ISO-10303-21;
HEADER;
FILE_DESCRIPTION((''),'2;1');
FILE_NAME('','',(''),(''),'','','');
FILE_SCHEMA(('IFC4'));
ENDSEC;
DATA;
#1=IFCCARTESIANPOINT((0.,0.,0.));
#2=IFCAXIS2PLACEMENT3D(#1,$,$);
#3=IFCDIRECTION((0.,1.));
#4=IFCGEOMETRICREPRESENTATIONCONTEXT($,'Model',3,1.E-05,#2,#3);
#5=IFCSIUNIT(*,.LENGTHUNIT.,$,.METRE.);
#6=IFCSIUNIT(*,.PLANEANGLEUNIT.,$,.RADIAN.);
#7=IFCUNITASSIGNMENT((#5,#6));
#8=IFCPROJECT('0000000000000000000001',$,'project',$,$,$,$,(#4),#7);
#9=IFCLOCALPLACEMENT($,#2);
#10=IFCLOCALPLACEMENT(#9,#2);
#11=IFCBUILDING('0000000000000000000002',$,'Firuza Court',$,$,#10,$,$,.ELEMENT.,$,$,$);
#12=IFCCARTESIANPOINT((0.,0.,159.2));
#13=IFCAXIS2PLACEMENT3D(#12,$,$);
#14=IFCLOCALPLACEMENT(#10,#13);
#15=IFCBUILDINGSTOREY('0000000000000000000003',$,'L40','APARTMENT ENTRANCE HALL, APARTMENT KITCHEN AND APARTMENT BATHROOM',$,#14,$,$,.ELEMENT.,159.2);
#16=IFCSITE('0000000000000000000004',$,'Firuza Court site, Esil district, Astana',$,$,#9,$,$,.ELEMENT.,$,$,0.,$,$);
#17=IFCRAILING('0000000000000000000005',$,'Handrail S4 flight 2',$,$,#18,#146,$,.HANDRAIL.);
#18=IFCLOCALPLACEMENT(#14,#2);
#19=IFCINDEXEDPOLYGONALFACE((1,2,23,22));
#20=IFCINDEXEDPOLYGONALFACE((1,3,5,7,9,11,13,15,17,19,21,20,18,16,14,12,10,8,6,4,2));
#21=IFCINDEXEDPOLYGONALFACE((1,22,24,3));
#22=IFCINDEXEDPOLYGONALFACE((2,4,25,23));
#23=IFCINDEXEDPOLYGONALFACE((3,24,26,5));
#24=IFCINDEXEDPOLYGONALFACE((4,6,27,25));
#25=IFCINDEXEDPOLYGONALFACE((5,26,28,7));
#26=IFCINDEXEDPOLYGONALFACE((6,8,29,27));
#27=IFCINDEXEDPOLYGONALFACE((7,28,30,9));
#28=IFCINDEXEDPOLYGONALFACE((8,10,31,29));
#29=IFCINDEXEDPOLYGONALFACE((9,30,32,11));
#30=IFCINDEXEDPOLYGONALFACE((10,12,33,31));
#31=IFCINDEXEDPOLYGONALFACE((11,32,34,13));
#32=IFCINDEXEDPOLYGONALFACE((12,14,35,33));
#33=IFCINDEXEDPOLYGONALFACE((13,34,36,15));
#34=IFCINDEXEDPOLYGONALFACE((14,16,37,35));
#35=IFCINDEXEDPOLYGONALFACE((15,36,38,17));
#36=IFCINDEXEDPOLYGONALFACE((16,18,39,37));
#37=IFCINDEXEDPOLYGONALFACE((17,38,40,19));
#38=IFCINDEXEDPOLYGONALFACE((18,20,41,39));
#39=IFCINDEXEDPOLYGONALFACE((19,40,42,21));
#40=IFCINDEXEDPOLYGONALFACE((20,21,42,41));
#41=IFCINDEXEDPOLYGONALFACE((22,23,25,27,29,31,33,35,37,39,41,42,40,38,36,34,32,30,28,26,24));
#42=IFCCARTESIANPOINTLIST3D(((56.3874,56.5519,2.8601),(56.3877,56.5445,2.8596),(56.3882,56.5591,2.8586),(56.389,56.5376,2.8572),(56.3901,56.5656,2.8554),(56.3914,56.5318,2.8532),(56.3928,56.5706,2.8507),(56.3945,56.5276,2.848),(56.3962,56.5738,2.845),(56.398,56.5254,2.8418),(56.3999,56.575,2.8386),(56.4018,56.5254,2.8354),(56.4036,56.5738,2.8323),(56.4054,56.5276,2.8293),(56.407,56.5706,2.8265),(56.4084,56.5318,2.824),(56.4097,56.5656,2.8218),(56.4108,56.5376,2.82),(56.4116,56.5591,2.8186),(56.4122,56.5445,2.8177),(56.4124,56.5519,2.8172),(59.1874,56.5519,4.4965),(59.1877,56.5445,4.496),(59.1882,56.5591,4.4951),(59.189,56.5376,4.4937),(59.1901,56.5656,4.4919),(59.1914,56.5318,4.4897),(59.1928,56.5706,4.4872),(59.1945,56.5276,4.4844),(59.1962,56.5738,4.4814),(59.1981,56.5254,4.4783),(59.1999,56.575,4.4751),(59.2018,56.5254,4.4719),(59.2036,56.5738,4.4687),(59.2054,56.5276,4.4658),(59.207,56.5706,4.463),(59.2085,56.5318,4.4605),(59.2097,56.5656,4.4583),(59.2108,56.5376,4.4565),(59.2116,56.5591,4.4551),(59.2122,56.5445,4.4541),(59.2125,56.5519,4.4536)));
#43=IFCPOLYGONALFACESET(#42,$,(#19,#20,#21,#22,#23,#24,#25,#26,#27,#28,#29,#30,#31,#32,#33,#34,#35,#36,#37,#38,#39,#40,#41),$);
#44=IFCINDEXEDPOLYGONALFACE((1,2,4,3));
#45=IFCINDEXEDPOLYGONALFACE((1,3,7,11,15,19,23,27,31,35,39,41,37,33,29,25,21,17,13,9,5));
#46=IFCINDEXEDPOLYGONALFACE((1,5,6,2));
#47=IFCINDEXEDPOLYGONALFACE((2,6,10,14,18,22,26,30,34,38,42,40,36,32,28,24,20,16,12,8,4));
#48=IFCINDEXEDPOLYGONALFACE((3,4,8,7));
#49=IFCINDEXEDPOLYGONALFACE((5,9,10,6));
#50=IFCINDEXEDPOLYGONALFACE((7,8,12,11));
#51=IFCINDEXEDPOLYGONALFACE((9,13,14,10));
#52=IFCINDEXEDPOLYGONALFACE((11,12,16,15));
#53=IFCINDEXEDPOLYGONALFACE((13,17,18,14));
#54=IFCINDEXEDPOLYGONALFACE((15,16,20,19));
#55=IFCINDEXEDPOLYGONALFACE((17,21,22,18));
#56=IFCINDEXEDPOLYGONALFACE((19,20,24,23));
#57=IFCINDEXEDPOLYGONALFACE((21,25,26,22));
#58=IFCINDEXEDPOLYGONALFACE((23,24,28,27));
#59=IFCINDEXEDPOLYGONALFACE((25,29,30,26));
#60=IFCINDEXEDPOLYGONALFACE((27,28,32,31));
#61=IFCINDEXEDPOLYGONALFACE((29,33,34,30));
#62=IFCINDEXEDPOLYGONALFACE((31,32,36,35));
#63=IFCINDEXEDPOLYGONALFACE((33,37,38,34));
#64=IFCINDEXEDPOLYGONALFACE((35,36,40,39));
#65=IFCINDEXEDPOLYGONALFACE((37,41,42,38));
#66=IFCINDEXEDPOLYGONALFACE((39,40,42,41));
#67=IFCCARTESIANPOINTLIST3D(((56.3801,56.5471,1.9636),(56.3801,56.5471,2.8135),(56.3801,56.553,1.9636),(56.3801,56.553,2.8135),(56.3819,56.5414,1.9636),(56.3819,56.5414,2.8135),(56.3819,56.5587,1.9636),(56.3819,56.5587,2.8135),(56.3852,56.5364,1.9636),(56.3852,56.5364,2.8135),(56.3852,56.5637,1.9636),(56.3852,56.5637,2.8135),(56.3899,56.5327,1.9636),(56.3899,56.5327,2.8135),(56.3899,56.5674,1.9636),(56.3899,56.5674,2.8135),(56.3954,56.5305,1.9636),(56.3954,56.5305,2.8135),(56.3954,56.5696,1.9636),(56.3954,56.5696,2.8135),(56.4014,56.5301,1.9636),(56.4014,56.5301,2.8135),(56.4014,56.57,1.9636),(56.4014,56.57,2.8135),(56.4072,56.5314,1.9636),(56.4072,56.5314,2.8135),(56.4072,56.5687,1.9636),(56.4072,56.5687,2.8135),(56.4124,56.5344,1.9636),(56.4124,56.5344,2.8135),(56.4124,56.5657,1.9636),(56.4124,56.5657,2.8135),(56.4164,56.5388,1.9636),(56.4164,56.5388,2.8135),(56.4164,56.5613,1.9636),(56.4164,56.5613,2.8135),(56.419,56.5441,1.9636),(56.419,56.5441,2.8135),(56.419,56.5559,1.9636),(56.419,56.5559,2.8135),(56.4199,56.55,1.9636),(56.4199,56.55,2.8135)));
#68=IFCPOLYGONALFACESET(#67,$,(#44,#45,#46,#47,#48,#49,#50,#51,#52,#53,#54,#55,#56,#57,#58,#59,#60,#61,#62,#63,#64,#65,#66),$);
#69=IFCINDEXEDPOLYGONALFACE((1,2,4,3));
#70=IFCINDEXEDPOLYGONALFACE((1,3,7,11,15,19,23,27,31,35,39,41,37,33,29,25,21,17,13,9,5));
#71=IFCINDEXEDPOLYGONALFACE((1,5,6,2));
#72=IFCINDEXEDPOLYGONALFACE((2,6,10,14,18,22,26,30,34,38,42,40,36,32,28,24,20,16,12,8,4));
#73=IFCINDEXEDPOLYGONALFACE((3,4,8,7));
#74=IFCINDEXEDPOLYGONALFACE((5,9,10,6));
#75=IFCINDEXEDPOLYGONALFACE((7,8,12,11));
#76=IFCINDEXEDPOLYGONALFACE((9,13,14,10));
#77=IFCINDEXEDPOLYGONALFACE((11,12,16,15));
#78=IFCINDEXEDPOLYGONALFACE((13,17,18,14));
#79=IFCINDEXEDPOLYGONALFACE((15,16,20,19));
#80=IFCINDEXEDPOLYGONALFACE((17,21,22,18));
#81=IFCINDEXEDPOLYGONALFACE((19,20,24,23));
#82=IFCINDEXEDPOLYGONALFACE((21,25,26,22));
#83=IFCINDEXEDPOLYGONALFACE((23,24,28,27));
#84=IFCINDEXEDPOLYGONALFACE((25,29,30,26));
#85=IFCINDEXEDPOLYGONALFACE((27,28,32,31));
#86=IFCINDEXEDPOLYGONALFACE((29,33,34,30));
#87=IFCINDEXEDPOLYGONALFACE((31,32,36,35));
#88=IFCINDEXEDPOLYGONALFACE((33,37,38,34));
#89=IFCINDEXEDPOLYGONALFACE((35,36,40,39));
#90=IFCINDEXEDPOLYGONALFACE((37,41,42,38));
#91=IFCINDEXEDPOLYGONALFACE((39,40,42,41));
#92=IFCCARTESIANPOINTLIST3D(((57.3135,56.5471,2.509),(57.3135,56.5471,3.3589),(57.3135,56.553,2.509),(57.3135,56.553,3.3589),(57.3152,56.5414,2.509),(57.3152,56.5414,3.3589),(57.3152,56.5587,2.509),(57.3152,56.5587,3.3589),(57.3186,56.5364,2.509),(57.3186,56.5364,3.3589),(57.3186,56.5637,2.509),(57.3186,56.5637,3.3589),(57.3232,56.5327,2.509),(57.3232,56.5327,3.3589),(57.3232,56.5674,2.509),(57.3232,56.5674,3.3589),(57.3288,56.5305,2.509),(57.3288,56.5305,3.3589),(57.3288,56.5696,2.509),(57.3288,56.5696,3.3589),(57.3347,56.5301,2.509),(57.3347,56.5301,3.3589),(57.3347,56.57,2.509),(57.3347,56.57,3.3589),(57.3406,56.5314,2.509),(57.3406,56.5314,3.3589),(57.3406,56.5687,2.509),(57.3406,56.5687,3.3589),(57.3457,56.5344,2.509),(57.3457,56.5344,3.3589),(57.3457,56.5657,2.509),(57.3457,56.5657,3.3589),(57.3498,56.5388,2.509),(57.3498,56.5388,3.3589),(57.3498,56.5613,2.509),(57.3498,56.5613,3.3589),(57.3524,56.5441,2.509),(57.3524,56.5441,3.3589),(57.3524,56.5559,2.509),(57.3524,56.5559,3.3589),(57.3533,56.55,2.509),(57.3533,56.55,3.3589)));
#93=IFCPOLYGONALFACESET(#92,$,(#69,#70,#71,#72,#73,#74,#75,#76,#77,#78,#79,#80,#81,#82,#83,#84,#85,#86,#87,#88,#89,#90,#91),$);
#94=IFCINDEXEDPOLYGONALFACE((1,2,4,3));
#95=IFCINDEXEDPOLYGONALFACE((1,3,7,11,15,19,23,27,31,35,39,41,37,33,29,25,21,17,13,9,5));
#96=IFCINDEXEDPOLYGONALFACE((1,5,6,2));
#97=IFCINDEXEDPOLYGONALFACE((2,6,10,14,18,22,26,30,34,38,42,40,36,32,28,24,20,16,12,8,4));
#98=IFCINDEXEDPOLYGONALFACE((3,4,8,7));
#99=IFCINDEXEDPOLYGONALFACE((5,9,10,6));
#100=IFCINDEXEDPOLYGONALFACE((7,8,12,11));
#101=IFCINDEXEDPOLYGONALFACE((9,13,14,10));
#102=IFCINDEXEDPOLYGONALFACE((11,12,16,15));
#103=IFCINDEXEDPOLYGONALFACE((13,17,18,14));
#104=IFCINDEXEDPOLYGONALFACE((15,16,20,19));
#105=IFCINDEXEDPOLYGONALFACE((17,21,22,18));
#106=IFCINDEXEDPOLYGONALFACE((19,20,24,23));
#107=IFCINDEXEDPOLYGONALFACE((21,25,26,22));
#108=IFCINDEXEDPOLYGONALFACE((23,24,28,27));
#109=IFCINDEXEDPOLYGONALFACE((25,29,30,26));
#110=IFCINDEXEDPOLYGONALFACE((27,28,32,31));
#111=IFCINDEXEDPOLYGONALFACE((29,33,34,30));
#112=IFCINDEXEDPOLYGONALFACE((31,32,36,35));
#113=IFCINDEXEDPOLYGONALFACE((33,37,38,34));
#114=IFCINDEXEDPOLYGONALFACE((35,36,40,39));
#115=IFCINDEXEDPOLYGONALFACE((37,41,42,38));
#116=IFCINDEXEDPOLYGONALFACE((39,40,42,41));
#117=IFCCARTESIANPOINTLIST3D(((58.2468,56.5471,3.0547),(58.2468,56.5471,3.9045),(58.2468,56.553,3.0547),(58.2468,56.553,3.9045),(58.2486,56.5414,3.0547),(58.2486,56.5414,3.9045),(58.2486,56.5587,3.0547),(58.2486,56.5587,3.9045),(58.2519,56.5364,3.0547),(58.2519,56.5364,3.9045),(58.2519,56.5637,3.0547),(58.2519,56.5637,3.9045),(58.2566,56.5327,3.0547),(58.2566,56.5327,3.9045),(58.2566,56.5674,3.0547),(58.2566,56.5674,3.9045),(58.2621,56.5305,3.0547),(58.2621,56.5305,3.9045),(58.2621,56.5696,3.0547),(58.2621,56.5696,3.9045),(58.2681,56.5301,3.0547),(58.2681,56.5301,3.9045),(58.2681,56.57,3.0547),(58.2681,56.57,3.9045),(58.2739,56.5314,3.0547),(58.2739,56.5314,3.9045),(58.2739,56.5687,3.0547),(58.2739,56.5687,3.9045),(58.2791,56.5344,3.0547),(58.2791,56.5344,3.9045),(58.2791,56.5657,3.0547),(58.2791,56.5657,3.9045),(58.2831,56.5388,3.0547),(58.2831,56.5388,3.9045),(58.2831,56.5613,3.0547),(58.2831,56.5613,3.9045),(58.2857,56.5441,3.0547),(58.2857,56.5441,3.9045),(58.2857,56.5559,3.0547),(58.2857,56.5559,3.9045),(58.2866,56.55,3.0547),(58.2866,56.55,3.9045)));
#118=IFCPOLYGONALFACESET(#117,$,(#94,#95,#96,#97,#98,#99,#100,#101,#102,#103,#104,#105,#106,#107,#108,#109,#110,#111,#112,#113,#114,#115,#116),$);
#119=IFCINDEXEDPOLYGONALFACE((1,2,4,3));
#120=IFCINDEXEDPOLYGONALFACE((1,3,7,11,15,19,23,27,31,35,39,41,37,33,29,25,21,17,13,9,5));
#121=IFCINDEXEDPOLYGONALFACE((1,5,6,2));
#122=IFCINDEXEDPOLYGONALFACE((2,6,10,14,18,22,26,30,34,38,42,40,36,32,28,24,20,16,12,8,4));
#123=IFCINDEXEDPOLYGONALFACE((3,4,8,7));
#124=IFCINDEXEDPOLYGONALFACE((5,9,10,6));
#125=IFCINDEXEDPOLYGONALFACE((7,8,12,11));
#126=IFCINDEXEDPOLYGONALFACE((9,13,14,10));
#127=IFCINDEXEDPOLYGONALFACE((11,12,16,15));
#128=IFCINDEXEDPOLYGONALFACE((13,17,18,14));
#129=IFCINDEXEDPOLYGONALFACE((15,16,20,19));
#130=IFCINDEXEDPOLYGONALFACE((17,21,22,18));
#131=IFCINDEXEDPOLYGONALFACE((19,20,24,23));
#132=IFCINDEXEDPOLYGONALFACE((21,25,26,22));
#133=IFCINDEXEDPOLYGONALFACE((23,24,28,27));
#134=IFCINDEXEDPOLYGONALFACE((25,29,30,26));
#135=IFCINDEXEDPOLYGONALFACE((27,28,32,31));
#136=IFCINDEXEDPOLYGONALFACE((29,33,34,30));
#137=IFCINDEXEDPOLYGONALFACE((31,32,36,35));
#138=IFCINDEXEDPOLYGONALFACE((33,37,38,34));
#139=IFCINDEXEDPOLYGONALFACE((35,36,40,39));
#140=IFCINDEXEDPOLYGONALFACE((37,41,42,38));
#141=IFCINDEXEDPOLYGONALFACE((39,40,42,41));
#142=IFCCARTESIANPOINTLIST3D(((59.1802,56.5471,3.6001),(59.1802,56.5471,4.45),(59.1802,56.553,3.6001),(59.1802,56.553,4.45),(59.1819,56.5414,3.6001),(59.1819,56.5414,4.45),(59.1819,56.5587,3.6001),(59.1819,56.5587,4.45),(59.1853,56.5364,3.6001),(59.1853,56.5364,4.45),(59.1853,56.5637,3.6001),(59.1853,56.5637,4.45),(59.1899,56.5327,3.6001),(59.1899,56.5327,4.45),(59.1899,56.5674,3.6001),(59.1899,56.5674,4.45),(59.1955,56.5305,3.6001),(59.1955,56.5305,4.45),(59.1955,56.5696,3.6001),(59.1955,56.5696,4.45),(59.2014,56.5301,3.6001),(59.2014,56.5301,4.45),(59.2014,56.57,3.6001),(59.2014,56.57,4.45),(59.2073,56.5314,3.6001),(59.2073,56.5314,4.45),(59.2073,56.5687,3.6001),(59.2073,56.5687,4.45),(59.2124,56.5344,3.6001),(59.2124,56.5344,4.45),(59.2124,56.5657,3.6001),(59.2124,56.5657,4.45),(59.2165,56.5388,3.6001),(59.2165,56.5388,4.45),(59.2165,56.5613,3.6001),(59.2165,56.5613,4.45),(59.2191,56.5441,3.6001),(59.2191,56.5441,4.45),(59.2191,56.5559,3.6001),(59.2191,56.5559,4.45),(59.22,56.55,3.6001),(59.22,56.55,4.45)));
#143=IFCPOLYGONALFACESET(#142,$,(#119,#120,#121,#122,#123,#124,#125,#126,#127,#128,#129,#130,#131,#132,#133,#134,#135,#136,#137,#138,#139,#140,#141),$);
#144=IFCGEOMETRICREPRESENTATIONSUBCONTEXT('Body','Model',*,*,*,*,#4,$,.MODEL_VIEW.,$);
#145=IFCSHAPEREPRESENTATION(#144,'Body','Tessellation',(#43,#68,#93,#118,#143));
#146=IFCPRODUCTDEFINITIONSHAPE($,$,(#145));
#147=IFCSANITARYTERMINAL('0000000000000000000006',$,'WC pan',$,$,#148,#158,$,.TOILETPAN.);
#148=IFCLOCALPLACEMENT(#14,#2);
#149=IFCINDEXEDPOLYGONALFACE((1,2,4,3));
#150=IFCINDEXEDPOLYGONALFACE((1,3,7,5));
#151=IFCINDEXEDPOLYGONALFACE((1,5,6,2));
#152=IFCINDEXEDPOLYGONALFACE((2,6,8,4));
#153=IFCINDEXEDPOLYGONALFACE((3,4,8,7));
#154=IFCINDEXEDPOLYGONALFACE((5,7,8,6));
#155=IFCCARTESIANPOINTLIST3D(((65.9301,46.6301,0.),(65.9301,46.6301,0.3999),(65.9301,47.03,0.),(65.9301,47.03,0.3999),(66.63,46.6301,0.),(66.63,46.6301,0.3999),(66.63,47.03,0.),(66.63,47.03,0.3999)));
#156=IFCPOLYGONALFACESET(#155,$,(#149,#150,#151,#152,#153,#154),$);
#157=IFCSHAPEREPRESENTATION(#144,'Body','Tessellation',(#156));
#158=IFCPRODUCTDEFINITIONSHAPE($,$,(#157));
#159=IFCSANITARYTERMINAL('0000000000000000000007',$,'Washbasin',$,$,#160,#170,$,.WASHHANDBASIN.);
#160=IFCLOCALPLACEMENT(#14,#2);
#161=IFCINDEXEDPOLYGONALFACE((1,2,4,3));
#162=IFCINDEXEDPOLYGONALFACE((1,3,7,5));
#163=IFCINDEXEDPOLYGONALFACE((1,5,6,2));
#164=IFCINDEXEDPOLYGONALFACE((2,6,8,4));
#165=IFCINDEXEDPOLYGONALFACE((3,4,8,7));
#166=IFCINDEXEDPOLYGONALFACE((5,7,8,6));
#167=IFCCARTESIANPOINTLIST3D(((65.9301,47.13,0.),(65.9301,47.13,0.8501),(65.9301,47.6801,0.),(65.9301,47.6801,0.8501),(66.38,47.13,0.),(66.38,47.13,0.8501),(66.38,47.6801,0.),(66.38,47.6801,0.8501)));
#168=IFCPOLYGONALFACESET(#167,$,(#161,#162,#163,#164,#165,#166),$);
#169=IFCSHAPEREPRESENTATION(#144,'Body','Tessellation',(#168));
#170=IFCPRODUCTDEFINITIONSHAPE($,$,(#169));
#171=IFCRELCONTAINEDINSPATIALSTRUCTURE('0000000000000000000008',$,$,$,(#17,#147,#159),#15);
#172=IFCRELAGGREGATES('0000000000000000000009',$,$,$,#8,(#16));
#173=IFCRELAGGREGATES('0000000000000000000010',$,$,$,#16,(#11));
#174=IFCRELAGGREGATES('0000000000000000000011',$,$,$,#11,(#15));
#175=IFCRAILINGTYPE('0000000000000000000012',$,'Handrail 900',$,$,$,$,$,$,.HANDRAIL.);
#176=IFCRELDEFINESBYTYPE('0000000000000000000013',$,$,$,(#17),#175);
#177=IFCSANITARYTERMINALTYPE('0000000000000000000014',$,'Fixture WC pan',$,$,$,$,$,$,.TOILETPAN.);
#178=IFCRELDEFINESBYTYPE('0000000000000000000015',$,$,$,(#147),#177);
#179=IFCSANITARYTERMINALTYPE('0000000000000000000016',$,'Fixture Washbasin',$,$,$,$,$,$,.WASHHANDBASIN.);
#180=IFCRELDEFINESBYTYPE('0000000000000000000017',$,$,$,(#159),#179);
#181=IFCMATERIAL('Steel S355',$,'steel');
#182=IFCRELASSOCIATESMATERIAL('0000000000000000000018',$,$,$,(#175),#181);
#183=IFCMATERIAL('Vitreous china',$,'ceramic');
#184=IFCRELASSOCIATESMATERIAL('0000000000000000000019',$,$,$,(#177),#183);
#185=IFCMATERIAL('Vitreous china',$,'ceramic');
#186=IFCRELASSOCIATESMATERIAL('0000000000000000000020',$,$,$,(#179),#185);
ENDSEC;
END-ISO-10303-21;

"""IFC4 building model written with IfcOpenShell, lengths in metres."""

from ifc_helpers import new_model, si_unit, direction, frame, origin, origin_2d, place, context, subcontext, project, spatial, rectangle, circle, extrude, material, type_object, element, save


model = new_model("IFC4")

# Units and contexts
model_context = context("Model", 3, precision=1e-05, world=origin(), true_north=direction((0.0, 1.0)))
body_context = subcontext(model_context, "Body", "Model", "MODEL_VIEW")
ifc_project = project(units=[si_unit("LENGTHUNIT", "METRE"), si_unit("PLANEANGLEUNIT", "RADIAN")], contexts=[model_context])

# Site, building, storey
site_placement = place(None, origin())
site = spatial("IfcSite", under=ifc_project, at=site_placement, Name="Firuza Court site, Esil district, Astana", CompositionType="ELEMENT", RefElevation=0.0)
building_placement = place(site_placement, origin())
building = spatial("IfcBuilding", under=site, at=building_placement, Name="Firuza Court", CompositionType="ELEMENT")
storey_placement = place(building_placement, frame((0.0, 0.0, 159.2)))
storey = spatial("IfcBuildingStorey", under=building, at=storey_placement, Name="L40", Description="APARTMENT ENTRANCE HALL, APARTMENT KITCHEN AND APARTMENT BATHROOM", CompositionType="ELEMENT", Elevation=159.2)

# Railing
ifc_material_1 = material(Name="Steel S355", Category="steel")
railing_type_1 = type_object("IfcRailingType", Name="Handrail 900", PredefinedType="HANDRAIL", material=ifc_material_1)
railing_1_placement = place(storey_placement, frame((56.3999, 56.55, 1.9636)))
element("IfcRailing", 1, at=railing_1_placement, inside=storey, type_object=railing_type_1, Name="Handrail S4 flight 2", PredefinedType="HANDRAIL", context=body_context, shape_type="SweptSolid", body=[
    extrude(circle(Radius=0.0249, at=origin_2d()), frame((0.0, 0.0, 0.875), z_axis=(0.863361, 0.0, 0.504587), x_axis=(0.0, 1.0, 0.0)), (0.0, 0.0, 1.0), 3.2432),
    extrude(circle(Radius=0.02, at=origin_2d()), origin(), (0.0, 0.0, 1.0), 0.8499),
    extrude(circle(Radius=0.02, at=origin_2d()), frame((0.9333, 0.0, 0.5454)), (0.0, 0.0, 1.0), 0.8499),
    extrude(circle(Radius=0.02, at=origin_2d()), frame((1.8667, 0.0, 1.0911)), (0.0, 0.0, 1.0), 0.8499),
    extrude(circle(Radius=0.02, at=origin_2d()), frame((2.8, 0.0, 1.6365)), (0.0, 0.0, 1.0), 0.8499),
])

# Sanitary terminals
ifc_material_2 = material(Name="Vitreous china", Category="ceramic")
sanitary_terminal_type_1 = type_object("IfcSanitaryTerminalType", Name="Fixture WC pan", PredefinedType="TOILETPAN", material=ifc_material_2)
sanitary_terminal_1_placement = place(storey_placement, frame((66.28, 46.8301, 0.0), z_axis=(0.0, 0.0, 1.0), x_axis=(1.0, 0.0, 0.0)))
element("IfcSanitaryTerminal", 2, at=sanitary_terminal_1_placement, inside=storey, type_object=sanitary_terminal_type_1, Name="WC pan", PredefinedType="TOILETPAN", context=body_context, shape_type="SweptSolid", body=[
    extrude(rectangle(XDim=0.7, YDim=0.3999, at=origin_2d()), origin(), (0.0, 0.0, 1.0), 0.3999),
])
ifc_material_3 = material(Name="Vitreous china", Category="ceramic")
sanitary_terminal_type_2 = type_object("IfcSanitaryTerminalType", Name="Fixture Washbasin", PredefinedType="WASHHANDBASIN", material=ifc_material_3)
sanitary_terminal_2_placement = place(storey_placement, frame((66.155, 47.405, 0.0), z_axis=(0.0, 0.0, 1.0), x_axis=(1.0, 0.0, 0.0)))
element("IfcSanitaryTerminal", 3, at=sanitary_terminal_2_placement, inside=storey, type_object=sanitary_terminal_type_2, Name="Washbasin", PredefinedType="WASHHANDBASIN", context=body_context, shape_type="SweptSolid", body=[
    extrude(rectangle(XDim=0.45, YDim=0.55, at=origin_2d()), origin(), (0.0, 0.0, 1.0), 0.8501),
])

save(model, "model.ifc")
